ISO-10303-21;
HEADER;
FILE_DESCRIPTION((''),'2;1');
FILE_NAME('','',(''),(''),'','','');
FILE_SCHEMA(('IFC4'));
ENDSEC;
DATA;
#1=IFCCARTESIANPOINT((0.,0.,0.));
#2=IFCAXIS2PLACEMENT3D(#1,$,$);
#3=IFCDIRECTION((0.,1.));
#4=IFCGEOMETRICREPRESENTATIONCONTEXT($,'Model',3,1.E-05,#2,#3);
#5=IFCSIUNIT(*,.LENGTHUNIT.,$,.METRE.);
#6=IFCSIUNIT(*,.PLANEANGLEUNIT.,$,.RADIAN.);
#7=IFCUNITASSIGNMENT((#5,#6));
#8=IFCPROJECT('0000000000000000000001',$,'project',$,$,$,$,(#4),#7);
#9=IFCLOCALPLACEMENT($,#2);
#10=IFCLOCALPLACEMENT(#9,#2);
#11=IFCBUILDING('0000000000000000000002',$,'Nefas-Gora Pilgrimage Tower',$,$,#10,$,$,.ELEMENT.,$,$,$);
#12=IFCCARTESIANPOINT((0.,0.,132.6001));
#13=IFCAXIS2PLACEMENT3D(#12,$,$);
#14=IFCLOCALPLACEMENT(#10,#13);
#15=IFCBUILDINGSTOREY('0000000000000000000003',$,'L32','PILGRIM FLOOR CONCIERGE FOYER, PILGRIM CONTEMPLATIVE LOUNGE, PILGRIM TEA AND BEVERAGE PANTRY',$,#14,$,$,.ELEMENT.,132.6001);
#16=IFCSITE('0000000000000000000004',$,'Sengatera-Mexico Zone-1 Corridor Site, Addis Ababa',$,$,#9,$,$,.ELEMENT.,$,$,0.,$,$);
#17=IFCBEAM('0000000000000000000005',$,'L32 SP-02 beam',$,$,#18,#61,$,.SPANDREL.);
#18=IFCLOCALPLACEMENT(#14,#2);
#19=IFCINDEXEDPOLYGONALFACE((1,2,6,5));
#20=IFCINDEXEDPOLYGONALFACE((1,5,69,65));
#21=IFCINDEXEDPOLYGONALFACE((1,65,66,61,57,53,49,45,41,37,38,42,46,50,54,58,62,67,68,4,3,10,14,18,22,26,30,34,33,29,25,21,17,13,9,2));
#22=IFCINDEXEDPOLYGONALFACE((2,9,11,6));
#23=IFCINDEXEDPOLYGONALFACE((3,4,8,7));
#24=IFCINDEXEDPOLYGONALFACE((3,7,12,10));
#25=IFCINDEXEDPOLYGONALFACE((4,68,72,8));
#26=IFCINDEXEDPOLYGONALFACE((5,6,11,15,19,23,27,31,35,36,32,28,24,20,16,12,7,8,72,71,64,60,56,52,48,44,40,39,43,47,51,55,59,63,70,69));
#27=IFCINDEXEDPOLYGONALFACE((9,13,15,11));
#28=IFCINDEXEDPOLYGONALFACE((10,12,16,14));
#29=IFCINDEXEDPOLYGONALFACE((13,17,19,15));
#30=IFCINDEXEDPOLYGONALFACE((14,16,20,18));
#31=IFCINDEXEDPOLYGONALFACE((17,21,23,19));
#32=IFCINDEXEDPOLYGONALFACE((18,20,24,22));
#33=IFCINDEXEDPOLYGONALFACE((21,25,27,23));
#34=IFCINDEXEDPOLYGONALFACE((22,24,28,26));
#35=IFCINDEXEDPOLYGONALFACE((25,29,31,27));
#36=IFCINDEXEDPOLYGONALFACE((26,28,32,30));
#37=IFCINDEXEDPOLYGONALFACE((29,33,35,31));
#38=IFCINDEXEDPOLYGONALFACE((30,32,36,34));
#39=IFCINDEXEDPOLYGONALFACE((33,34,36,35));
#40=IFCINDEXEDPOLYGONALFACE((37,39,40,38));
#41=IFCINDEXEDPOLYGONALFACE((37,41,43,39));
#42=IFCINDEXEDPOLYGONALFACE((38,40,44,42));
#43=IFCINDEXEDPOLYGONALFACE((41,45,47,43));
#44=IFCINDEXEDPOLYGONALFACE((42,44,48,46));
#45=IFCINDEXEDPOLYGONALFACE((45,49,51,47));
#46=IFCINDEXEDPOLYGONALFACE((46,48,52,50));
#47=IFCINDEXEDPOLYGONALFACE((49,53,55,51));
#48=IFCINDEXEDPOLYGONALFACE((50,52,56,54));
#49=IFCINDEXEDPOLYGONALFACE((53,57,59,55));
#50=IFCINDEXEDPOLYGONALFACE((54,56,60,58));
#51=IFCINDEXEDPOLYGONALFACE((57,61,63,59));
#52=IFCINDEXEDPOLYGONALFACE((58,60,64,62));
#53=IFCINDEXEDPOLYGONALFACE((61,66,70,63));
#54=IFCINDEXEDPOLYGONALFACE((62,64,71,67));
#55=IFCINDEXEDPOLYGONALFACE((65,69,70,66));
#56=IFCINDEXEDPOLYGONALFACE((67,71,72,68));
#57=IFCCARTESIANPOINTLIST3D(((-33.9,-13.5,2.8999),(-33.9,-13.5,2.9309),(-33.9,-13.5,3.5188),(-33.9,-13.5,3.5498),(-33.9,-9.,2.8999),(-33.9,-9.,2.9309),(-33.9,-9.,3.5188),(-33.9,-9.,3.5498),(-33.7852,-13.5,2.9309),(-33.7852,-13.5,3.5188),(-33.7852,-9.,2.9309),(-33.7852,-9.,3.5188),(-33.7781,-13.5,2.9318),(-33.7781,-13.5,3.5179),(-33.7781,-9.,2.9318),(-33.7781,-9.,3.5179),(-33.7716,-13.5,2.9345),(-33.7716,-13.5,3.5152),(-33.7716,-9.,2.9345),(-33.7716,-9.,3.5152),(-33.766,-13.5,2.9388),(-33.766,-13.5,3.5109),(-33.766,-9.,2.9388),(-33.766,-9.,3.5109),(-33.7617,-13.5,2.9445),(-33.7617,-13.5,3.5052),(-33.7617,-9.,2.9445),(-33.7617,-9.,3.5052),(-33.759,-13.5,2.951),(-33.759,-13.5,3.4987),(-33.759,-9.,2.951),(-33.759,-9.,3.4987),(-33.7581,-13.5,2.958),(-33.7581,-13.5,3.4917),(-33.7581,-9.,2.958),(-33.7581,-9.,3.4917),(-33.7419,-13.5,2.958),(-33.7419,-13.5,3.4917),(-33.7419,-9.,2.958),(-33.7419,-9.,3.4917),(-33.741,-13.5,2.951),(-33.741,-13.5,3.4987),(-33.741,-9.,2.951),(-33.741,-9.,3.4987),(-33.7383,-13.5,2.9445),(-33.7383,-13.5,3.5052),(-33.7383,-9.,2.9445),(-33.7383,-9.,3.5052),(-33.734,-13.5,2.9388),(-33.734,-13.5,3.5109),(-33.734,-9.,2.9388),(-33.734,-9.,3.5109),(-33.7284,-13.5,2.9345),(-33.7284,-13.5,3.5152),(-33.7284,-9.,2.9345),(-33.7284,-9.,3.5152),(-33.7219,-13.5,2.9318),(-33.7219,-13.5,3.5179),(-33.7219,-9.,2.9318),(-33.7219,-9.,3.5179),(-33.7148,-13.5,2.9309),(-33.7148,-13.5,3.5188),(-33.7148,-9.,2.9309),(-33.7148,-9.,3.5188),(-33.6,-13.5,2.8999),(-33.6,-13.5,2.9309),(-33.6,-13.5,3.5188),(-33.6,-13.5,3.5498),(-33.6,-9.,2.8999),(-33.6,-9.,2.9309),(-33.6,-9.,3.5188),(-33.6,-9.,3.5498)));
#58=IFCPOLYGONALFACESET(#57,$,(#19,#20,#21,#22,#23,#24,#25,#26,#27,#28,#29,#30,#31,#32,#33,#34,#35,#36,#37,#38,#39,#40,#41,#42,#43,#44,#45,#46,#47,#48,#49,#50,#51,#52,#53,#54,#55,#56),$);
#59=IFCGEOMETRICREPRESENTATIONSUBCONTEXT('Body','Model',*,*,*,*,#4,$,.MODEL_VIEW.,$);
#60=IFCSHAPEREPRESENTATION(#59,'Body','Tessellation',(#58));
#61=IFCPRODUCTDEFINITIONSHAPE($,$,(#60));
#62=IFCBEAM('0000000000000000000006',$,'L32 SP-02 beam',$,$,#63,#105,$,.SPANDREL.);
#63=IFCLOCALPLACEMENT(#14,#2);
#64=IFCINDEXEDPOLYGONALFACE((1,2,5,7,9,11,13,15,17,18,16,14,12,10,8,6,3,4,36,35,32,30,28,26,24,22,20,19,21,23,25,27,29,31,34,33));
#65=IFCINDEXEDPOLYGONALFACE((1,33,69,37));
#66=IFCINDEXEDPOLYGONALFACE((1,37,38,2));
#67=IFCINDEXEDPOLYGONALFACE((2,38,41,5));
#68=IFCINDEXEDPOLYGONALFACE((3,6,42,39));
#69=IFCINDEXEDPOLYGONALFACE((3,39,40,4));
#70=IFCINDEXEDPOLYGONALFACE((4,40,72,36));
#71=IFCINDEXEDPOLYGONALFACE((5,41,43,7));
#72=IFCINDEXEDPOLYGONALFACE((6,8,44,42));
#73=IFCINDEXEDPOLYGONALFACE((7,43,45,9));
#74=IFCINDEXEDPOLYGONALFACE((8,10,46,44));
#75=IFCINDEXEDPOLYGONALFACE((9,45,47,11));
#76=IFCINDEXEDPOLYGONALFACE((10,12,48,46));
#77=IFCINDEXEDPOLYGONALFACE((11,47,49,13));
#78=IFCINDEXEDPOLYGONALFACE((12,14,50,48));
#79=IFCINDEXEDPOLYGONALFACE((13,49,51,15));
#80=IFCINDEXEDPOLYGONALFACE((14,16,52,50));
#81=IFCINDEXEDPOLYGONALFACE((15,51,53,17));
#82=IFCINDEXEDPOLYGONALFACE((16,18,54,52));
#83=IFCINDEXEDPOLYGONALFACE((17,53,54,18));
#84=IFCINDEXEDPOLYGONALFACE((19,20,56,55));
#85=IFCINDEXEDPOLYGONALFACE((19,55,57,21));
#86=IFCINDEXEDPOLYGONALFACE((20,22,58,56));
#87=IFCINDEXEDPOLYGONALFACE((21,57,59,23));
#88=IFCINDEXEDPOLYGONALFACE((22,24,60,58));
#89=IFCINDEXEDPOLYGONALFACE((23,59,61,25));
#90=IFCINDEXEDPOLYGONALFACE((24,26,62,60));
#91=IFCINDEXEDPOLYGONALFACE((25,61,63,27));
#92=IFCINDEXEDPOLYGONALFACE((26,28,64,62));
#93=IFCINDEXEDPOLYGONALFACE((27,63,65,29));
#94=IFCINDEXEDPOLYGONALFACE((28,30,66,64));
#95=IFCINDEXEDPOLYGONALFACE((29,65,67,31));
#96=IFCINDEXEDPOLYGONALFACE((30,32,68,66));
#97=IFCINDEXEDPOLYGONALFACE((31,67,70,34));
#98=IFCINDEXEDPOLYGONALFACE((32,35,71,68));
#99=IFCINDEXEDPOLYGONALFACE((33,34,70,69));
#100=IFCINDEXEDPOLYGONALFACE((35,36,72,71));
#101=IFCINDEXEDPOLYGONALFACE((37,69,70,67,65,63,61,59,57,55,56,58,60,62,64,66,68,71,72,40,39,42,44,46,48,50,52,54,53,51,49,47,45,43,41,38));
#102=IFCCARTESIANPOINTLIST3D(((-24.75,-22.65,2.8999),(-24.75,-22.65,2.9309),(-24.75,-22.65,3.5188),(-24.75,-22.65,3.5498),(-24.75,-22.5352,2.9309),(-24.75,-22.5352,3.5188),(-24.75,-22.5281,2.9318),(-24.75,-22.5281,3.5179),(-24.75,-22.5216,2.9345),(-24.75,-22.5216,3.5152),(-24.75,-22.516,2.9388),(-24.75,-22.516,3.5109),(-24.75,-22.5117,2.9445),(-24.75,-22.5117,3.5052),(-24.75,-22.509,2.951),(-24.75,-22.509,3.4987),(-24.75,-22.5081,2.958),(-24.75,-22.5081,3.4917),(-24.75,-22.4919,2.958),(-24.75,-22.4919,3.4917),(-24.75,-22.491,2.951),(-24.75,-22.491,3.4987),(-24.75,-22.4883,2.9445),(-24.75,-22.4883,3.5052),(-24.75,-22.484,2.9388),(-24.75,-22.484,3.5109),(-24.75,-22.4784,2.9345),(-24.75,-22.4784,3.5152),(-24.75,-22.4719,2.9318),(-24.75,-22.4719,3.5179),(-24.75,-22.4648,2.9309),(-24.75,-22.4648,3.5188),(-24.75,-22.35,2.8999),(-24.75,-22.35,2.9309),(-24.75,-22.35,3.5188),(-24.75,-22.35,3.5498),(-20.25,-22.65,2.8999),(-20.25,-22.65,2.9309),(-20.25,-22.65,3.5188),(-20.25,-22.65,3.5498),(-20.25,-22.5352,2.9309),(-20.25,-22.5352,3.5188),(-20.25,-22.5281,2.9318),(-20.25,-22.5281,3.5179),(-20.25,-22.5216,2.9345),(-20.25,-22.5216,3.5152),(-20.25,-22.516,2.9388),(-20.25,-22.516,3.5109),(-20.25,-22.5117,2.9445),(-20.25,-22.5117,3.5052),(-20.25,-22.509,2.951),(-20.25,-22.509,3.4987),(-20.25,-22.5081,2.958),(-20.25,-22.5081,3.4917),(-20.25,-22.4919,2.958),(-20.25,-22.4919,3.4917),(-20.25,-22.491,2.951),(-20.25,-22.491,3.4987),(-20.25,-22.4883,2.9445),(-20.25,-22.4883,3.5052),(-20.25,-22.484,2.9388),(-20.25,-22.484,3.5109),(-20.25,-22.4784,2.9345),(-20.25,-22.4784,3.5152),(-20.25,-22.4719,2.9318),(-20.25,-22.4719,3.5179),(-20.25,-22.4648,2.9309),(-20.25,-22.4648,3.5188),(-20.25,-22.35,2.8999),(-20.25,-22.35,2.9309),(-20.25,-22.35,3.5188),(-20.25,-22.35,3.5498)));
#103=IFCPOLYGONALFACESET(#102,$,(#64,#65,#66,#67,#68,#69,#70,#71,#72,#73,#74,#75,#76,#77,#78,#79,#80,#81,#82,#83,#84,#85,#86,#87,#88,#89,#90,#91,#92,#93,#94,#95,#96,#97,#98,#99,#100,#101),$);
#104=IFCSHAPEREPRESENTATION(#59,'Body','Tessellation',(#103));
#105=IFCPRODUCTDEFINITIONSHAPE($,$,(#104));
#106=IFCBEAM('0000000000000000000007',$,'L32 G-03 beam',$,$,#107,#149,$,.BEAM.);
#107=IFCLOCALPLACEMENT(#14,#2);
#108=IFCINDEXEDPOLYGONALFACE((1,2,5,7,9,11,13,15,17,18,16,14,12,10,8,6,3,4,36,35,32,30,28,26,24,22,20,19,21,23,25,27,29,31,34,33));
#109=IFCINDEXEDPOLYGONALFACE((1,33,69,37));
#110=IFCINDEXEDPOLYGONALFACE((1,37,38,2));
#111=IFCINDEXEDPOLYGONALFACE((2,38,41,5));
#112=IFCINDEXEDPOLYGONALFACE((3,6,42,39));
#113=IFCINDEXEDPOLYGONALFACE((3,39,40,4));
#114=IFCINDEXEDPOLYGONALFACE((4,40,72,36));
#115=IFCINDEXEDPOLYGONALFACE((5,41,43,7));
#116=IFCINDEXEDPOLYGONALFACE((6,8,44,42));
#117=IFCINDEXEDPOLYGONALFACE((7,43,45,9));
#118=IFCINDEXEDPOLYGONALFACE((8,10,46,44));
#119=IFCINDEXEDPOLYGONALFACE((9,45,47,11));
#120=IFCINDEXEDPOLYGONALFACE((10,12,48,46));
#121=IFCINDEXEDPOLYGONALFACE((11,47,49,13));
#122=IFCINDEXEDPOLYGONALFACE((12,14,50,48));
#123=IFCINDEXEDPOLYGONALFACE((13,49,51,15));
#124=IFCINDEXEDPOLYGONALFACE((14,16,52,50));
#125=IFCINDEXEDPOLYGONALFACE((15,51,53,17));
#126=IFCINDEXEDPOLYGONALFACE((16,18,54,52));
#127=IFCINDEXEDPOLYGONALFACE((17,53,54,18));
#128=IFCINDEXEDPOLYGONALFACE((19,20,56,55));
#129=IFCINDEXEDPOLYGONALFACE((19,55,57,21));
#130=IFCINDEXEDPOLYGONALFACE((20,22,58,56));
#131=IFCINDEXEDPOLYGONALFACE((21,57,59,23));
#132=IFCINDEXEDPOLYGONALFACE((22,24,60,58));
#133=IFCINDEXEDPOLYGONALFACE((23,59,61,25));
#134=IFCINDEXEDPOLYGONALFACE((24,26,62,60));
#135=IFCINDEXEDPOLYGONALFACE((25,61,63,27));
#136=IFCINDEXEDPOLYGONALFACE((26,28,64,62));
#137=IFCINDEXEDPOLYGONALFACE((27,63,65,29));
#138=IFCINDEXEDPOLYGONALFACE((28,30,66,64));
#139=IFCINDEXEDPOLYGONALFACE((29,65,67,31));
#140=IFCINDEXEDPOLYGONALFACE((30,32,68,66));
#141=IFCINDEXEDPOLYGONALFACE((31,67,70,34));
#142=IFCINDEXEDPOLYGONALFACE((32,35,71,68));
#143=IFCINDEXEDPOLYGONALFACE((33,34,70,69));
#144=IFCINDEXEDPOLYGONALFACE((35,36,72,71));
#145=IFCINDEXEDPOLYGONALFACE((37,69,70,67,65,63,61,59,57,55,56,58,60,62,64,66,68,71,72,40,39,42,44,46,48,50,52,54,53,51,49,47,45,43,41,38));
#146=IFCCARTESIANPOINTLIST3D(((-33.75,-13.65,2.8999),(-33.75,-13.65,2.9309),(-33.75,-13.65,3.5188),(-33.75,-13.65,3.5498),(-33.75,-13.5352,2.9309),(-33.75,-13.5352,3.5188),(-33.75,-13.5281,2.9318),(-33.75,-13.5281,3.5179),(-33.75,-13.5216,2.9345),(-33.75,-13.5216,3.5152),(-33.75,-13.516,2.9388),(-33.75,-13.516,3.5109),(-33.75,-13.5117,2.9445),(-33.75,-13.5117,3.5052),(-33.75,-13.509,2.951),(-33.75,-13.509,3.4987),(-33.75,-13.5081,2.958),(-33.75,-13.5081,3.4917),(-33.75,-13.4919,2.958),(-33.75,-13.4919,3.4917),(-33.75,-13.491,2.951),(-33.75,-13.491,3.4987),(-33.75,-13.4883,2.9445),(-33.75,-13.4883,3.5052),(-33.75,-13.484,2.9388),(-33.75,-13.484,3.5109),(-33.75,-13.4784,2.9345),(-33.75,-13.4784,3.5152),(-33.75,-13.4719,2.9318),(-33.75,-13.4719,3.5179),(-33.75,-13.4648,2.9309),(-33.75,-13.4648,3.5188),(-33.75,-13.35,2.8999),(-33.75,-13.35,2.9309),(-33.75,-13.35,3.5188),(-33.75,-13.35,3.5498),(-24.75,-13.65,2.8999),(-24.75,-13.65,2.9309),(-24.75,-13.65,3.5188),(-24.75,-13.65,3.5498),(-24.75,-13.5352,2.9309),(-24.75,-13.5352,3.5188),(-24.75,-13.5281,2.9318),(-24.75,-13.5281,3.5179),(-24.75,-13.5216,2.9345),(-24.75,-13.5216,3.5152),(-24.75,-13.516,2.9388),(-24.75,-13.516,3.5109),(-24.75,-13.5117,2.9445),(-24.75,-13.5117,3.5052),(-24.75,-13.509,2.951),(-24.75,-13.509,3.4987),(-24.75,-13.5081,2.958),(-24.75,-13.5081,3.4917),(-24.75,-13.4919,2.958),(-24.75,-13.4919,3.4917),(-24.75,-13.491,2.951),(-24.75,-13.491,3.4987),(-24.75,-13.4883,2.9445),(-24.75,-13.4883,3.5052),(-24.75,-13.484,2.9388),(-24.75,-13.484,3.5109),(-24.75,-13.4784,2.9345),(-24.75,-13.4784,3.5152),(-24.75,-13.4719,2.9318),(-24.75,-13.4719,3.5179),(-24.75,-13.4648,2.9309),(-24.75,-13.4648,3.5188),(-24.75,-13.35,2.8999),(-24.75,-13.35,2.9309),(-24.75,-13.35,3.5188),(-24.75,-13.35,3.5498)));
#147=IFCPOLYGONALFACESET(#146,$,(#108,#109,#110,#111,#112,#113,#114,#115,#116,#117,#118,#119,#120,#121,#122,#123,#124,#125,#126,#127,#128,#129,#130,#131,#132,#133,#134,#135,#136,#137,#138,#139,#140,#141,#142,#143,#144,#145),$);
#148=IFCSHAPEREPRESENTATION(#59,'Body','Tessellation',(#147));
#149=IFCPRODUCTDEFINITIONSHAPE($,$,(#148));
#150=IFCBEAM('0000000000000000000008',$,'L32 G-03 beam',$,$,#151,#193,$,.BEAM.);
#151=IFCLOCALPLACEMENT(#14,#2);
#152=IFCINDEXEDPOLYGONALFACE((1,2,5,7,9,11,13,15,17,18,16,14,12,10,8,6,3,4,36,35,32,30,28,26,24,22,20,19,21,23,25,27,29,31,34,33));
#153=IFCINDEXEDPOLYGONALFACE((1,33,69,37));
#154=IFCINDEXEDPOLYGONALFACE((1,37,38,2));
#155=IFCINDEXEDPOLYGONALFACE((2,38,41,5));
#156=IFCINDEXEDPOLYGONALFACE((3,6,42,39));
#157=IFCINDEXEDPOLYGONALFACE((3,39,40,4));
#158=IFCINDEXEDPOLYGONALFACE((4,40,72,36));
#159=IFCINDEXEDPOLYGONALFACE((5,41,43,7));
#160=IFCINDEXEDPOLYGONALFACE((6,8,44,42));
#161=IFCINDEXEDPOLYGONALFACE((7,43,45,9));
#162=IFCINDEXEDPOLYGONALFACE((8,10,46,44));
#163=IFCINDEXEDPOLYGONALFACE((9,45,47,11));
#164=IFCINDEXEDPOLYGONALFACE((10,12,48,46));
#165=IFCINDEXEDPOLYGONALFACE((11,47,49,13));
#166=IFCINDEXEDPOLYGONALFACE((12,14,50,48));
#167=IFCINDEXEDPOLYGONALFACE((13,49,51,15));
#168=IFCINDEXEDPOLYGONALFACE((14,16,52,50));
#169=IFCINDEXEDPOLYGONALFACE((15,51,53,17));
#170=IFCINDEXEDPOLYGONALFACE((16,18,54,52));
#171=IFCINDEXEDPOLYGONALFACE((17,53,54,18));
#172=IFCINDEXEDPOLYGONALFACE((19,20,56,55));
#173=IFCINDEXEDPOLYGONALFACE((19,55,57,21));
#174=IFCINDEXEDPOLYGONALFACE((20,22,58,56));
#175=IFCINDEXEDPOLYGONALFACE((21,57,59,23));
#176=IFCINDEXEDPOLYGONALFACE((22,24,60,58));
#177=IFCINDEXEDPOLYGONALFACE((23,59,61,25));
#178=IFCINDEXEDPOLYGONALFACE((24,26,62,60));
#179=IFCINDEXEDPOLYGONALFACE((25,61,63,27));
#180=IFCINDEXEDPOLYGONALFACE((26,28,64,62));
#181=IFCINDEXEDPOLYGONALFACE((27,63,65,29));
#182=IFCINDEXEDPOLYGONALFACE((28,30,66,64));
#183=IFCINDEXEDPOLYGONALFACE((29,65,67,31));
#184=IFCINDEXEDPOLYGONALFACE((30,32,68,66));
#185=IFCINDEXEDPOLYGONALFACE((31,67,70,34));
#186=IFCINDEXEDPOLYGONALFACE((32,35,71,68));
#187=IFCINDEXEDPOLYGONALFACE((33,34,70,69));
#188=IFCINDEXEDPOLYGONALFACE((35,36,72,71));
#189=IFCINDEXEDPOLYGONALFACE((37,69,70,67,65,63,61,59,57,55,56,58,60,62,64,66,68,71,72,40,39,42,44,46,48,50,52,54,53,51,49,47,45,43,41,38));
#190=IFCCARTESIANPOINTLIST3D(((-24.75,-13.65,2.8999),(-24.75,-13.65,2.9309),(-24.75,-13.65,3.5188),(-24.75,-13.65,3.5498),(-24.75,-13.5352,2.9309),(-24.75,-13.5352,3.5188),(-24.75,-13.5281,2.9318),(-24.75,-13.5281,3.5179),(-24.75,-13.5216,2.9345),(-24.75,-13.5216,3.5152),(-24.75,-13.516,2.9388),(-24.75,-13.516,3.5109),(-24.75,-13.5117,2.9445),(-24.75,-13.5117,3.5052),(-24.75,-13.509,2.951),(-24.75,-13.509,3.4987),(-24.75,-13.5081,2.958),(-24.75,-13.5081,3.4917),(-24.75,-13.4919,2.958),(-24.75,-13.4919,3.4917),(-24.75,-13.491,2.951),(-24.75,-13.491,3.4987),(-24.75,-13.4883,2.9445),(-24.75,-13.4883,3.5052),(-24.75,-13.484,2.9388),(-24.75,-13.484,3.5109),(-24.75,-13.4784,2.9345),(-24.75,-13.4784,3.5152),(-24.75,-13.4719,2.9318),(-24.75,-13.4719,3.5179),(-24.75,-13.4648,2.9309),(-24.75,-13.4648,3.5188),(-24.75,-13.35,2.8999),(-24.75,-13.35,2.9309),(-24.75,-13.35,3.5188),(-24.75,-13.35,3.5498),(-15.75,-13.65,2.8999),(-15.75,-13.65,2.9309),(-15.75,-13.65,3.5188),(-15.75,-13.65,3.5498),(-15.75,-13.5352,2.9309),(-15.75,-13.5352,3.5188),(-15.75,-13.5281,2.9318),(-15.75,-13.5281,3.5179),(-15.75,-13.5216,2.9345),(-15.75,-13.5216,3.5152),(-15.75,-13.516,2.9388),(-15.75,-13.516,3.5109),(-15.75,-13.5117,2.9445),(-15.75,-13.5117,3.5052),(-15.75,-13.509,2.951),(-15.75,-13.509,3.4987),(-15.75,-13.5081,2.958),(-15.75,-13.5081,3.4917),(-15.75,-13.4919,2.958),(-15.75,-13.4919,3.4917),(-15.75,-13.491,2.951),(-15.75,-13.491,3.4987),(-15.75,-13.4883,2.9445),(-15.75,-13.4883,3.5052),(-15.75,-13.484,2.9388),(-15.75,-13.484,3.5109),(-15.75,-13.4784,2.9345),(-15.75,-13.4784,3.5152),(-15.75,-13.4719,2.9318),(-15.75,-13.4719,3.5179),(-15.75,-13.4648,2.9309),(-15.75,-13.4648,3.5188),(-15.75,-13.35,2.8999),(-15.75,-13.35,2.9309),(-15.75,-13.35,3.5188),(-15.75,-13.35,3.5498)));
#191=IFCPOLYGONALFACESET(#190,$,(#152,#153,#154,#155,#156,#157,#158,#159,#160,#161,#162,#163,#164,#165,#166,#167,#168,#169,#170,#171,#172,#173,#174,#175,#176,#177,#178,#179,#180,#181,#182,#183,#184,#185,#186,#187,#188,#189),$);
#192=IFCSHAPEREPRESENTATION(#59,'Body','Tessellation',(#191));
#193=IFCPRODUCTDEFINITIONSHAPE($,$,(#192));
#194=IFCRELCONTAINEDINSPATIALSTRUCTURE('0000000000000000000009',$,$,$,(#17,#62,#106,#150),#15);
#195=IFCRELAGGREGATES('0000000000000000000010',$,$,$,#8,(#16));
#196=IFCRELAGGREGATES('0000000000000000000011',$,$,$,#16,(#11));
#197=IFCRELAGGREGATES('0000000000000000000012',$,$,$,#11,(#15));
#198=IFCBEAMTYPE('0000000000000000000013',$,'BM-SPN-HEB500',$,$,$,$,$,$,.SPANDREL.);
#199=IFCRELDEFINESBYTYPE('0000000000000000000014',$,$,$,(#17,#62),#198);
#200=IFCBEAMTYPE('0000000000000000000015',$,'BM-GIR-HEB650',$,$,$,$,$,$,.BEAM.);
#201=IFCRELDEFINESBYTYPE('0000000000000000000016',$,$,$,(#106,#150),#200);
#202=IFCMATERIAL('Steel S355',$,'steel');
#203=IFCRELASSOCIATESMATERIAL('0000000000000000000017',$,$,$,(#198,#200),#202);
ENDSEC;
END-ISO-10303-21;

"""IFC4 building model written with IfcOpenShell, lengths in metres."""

from ifc_helpers import new_model, si_unit, direction, frame, origin, origin_2d, place, context, subcontext, project, spatial, i_section, extrude, source, transform, mapped, material, material_profile, profile_set, type_object, element, save


model = new_model("IFC4")

# Units and contexts
model_context = context("Model", 3, precision=1e-05, world=origin(), true_north=direction((0.0, 1.0)))
body_context = subcontext(model_context, "Body", "Model", "MODEL_VIEW")
ifc_project = project(units=[si_unit("LENGTHUNIT", "METRE"), si_unit("PLANEANGLEUNIT", "RADIAN")], contexts=[model_context])

# Site, building, storey
site_placement = place(None, origin())
site = spatial("IfcSite", under=ifc_project, at=site_placement, Name="Sengatera-Mexico Zone-1 Corridor Site, Addis Ababa", CompositionType="ELEMENT", RefElevation=0.0)
building_placement = place(site_placement, origin())
building = spatial("IfcBuilding", under=site, at=building_placement, Name="Nefas-Gora Pilgrimage Tower", CompositionType="ELEMENT")
storey_placement = place(building_placement, frame((0.0, 0.0, 132.6001)))
storey = spatial("IfcBuildingStorey", under=building, at=storey_placement, Name="L32", Description="PILGRIM FLOOR CONCIERGE FOYER, PILGRIM CONTEMPLATIVE LOUNGE, PILGRIM TEA AND BEVERAGE PANTRY", CompositionType="ELEMENT", Elevation=132.6001)

# Beams
ifc_material_1 = material(Name="Steel S355", Category="steel")
ifc_material_profile_1 = material_profile(ifc_material_1, i_section(OverallWidth=0.3, OverallDepth=0.6499, WebThickness=0.0161, FlangeThickness=0.031, FilletRadius=0.0271, at=origin_2d()), Name="HEB 650")
ifc_profile_set_1 = profile_set([ifc_material_profile_1], Name="Steel S355")
beam_type_1 = type_object("IfcBeamType", Name="BM-SPN-HEB500", PredefinedType="SPANDREL", material=ifc_profile_set_1)
shared_shape_1 = source(origin(), body_context, "Body", "SweptSolid", [
    extrude(i_section(OverallWidth=0.3, OverallDepth=0.6499, WebThickness=0.0161, FlangeThickness=0.031, FilletRadius=0.0271, at=origin_2d()), origin(), (0.0, 0.0, 1.0), 4.5),
])
for number, where, z_axis, x_axis, name in (
    (1, (-33.75, -13.5, 3.2249), (0.0, 1.0, 0.0), (-1.0, 0.0, 0.0), "L32 SP-02 beam"),
    (2, (-24.75, -22.5, 3.2249), (1.0, 0.0, 0.0), (0.0, 1.0, 0.0), "L32 SP-02 beam"),
):
    element("IfcBeam", number, at=place(storey_placement, frame(where, z_axis=z_axis, x_axis=x_axis)), inside=storey, type_object=beam_type_1, Name=name, PredefinedType="SPANDREL", context=body_context, shape_type="MappedRepresentation", body=[
        mapped(shared_shape_1, transform((0.0, 0.0, 0.0), x_axis=(1.0, 0.0, 0.0), y_axis=(0.0, 1.0, 0.0), z_axis=(0.0, 0.0, 1.0), scale=1.0)),
    ])
ifc_material_profile_2 = material_profile(ifc_material_1, i_section(OverallWidth=0.3, OverallDepth=0.6499, WebThickness=0.0161, FlangeThickness=0.031, FilletRadius=0.0271, at=origin_2d()), Name="HEB 650")
ifc_profile_set_2 = profile_set([ifc_material_profile_2], Name="Steel S355")
beam_type_2 = type_object("IfcBeamType", Name="BM-GIR-HEB650", PredefinedType="BEAM", material=ifc_profile_set_2)
shared_shape_2 = source(origin(), body_context, "Body", "SweptSolid", [
    extrude(i_section(OverallWidth=0.3, OverallDepth=0.6499, WebThickness=0.0161, FlangeThickness=0.031, FilletRadius=0.0271, at=origin_2d()), origin(), (0.0, 0.0, 1.0), 9.0),
])
for number, where, z_axis, x_axis, name in (
    (3, (-33.75, -13.5, 3.2249), (1.0, 0.0, 0.0), (0.0, 1.0, 0.0), "L32 G-03 beam"),
    (4, (-24.75, -13.5, 3.2249), (1.0, 0.0, 0.0), (0.0, 1.0, 0.0), "L32 G-03 beam"),
):
    element("IfcBeam", number, at=place(storey_placement, frame(where, z_axis=z_axis, x_axis=x_axis)), inside=storey, type_object=beam_type_2, Name=name, PredefinedType="BEAM", context=body_context, shape_type="MappedRepresentation", body=[
        mapped(shared_shape_2, transform((0.0, 0.0, 0.0), x_axis=(1.0, 0.0, 0.0), y_axis=(0.0, 1.0, 0.0), z_axis=(0.0, 0.0, 1.0), scale=1.0)),
    ])

save(model, "model.ifc")
